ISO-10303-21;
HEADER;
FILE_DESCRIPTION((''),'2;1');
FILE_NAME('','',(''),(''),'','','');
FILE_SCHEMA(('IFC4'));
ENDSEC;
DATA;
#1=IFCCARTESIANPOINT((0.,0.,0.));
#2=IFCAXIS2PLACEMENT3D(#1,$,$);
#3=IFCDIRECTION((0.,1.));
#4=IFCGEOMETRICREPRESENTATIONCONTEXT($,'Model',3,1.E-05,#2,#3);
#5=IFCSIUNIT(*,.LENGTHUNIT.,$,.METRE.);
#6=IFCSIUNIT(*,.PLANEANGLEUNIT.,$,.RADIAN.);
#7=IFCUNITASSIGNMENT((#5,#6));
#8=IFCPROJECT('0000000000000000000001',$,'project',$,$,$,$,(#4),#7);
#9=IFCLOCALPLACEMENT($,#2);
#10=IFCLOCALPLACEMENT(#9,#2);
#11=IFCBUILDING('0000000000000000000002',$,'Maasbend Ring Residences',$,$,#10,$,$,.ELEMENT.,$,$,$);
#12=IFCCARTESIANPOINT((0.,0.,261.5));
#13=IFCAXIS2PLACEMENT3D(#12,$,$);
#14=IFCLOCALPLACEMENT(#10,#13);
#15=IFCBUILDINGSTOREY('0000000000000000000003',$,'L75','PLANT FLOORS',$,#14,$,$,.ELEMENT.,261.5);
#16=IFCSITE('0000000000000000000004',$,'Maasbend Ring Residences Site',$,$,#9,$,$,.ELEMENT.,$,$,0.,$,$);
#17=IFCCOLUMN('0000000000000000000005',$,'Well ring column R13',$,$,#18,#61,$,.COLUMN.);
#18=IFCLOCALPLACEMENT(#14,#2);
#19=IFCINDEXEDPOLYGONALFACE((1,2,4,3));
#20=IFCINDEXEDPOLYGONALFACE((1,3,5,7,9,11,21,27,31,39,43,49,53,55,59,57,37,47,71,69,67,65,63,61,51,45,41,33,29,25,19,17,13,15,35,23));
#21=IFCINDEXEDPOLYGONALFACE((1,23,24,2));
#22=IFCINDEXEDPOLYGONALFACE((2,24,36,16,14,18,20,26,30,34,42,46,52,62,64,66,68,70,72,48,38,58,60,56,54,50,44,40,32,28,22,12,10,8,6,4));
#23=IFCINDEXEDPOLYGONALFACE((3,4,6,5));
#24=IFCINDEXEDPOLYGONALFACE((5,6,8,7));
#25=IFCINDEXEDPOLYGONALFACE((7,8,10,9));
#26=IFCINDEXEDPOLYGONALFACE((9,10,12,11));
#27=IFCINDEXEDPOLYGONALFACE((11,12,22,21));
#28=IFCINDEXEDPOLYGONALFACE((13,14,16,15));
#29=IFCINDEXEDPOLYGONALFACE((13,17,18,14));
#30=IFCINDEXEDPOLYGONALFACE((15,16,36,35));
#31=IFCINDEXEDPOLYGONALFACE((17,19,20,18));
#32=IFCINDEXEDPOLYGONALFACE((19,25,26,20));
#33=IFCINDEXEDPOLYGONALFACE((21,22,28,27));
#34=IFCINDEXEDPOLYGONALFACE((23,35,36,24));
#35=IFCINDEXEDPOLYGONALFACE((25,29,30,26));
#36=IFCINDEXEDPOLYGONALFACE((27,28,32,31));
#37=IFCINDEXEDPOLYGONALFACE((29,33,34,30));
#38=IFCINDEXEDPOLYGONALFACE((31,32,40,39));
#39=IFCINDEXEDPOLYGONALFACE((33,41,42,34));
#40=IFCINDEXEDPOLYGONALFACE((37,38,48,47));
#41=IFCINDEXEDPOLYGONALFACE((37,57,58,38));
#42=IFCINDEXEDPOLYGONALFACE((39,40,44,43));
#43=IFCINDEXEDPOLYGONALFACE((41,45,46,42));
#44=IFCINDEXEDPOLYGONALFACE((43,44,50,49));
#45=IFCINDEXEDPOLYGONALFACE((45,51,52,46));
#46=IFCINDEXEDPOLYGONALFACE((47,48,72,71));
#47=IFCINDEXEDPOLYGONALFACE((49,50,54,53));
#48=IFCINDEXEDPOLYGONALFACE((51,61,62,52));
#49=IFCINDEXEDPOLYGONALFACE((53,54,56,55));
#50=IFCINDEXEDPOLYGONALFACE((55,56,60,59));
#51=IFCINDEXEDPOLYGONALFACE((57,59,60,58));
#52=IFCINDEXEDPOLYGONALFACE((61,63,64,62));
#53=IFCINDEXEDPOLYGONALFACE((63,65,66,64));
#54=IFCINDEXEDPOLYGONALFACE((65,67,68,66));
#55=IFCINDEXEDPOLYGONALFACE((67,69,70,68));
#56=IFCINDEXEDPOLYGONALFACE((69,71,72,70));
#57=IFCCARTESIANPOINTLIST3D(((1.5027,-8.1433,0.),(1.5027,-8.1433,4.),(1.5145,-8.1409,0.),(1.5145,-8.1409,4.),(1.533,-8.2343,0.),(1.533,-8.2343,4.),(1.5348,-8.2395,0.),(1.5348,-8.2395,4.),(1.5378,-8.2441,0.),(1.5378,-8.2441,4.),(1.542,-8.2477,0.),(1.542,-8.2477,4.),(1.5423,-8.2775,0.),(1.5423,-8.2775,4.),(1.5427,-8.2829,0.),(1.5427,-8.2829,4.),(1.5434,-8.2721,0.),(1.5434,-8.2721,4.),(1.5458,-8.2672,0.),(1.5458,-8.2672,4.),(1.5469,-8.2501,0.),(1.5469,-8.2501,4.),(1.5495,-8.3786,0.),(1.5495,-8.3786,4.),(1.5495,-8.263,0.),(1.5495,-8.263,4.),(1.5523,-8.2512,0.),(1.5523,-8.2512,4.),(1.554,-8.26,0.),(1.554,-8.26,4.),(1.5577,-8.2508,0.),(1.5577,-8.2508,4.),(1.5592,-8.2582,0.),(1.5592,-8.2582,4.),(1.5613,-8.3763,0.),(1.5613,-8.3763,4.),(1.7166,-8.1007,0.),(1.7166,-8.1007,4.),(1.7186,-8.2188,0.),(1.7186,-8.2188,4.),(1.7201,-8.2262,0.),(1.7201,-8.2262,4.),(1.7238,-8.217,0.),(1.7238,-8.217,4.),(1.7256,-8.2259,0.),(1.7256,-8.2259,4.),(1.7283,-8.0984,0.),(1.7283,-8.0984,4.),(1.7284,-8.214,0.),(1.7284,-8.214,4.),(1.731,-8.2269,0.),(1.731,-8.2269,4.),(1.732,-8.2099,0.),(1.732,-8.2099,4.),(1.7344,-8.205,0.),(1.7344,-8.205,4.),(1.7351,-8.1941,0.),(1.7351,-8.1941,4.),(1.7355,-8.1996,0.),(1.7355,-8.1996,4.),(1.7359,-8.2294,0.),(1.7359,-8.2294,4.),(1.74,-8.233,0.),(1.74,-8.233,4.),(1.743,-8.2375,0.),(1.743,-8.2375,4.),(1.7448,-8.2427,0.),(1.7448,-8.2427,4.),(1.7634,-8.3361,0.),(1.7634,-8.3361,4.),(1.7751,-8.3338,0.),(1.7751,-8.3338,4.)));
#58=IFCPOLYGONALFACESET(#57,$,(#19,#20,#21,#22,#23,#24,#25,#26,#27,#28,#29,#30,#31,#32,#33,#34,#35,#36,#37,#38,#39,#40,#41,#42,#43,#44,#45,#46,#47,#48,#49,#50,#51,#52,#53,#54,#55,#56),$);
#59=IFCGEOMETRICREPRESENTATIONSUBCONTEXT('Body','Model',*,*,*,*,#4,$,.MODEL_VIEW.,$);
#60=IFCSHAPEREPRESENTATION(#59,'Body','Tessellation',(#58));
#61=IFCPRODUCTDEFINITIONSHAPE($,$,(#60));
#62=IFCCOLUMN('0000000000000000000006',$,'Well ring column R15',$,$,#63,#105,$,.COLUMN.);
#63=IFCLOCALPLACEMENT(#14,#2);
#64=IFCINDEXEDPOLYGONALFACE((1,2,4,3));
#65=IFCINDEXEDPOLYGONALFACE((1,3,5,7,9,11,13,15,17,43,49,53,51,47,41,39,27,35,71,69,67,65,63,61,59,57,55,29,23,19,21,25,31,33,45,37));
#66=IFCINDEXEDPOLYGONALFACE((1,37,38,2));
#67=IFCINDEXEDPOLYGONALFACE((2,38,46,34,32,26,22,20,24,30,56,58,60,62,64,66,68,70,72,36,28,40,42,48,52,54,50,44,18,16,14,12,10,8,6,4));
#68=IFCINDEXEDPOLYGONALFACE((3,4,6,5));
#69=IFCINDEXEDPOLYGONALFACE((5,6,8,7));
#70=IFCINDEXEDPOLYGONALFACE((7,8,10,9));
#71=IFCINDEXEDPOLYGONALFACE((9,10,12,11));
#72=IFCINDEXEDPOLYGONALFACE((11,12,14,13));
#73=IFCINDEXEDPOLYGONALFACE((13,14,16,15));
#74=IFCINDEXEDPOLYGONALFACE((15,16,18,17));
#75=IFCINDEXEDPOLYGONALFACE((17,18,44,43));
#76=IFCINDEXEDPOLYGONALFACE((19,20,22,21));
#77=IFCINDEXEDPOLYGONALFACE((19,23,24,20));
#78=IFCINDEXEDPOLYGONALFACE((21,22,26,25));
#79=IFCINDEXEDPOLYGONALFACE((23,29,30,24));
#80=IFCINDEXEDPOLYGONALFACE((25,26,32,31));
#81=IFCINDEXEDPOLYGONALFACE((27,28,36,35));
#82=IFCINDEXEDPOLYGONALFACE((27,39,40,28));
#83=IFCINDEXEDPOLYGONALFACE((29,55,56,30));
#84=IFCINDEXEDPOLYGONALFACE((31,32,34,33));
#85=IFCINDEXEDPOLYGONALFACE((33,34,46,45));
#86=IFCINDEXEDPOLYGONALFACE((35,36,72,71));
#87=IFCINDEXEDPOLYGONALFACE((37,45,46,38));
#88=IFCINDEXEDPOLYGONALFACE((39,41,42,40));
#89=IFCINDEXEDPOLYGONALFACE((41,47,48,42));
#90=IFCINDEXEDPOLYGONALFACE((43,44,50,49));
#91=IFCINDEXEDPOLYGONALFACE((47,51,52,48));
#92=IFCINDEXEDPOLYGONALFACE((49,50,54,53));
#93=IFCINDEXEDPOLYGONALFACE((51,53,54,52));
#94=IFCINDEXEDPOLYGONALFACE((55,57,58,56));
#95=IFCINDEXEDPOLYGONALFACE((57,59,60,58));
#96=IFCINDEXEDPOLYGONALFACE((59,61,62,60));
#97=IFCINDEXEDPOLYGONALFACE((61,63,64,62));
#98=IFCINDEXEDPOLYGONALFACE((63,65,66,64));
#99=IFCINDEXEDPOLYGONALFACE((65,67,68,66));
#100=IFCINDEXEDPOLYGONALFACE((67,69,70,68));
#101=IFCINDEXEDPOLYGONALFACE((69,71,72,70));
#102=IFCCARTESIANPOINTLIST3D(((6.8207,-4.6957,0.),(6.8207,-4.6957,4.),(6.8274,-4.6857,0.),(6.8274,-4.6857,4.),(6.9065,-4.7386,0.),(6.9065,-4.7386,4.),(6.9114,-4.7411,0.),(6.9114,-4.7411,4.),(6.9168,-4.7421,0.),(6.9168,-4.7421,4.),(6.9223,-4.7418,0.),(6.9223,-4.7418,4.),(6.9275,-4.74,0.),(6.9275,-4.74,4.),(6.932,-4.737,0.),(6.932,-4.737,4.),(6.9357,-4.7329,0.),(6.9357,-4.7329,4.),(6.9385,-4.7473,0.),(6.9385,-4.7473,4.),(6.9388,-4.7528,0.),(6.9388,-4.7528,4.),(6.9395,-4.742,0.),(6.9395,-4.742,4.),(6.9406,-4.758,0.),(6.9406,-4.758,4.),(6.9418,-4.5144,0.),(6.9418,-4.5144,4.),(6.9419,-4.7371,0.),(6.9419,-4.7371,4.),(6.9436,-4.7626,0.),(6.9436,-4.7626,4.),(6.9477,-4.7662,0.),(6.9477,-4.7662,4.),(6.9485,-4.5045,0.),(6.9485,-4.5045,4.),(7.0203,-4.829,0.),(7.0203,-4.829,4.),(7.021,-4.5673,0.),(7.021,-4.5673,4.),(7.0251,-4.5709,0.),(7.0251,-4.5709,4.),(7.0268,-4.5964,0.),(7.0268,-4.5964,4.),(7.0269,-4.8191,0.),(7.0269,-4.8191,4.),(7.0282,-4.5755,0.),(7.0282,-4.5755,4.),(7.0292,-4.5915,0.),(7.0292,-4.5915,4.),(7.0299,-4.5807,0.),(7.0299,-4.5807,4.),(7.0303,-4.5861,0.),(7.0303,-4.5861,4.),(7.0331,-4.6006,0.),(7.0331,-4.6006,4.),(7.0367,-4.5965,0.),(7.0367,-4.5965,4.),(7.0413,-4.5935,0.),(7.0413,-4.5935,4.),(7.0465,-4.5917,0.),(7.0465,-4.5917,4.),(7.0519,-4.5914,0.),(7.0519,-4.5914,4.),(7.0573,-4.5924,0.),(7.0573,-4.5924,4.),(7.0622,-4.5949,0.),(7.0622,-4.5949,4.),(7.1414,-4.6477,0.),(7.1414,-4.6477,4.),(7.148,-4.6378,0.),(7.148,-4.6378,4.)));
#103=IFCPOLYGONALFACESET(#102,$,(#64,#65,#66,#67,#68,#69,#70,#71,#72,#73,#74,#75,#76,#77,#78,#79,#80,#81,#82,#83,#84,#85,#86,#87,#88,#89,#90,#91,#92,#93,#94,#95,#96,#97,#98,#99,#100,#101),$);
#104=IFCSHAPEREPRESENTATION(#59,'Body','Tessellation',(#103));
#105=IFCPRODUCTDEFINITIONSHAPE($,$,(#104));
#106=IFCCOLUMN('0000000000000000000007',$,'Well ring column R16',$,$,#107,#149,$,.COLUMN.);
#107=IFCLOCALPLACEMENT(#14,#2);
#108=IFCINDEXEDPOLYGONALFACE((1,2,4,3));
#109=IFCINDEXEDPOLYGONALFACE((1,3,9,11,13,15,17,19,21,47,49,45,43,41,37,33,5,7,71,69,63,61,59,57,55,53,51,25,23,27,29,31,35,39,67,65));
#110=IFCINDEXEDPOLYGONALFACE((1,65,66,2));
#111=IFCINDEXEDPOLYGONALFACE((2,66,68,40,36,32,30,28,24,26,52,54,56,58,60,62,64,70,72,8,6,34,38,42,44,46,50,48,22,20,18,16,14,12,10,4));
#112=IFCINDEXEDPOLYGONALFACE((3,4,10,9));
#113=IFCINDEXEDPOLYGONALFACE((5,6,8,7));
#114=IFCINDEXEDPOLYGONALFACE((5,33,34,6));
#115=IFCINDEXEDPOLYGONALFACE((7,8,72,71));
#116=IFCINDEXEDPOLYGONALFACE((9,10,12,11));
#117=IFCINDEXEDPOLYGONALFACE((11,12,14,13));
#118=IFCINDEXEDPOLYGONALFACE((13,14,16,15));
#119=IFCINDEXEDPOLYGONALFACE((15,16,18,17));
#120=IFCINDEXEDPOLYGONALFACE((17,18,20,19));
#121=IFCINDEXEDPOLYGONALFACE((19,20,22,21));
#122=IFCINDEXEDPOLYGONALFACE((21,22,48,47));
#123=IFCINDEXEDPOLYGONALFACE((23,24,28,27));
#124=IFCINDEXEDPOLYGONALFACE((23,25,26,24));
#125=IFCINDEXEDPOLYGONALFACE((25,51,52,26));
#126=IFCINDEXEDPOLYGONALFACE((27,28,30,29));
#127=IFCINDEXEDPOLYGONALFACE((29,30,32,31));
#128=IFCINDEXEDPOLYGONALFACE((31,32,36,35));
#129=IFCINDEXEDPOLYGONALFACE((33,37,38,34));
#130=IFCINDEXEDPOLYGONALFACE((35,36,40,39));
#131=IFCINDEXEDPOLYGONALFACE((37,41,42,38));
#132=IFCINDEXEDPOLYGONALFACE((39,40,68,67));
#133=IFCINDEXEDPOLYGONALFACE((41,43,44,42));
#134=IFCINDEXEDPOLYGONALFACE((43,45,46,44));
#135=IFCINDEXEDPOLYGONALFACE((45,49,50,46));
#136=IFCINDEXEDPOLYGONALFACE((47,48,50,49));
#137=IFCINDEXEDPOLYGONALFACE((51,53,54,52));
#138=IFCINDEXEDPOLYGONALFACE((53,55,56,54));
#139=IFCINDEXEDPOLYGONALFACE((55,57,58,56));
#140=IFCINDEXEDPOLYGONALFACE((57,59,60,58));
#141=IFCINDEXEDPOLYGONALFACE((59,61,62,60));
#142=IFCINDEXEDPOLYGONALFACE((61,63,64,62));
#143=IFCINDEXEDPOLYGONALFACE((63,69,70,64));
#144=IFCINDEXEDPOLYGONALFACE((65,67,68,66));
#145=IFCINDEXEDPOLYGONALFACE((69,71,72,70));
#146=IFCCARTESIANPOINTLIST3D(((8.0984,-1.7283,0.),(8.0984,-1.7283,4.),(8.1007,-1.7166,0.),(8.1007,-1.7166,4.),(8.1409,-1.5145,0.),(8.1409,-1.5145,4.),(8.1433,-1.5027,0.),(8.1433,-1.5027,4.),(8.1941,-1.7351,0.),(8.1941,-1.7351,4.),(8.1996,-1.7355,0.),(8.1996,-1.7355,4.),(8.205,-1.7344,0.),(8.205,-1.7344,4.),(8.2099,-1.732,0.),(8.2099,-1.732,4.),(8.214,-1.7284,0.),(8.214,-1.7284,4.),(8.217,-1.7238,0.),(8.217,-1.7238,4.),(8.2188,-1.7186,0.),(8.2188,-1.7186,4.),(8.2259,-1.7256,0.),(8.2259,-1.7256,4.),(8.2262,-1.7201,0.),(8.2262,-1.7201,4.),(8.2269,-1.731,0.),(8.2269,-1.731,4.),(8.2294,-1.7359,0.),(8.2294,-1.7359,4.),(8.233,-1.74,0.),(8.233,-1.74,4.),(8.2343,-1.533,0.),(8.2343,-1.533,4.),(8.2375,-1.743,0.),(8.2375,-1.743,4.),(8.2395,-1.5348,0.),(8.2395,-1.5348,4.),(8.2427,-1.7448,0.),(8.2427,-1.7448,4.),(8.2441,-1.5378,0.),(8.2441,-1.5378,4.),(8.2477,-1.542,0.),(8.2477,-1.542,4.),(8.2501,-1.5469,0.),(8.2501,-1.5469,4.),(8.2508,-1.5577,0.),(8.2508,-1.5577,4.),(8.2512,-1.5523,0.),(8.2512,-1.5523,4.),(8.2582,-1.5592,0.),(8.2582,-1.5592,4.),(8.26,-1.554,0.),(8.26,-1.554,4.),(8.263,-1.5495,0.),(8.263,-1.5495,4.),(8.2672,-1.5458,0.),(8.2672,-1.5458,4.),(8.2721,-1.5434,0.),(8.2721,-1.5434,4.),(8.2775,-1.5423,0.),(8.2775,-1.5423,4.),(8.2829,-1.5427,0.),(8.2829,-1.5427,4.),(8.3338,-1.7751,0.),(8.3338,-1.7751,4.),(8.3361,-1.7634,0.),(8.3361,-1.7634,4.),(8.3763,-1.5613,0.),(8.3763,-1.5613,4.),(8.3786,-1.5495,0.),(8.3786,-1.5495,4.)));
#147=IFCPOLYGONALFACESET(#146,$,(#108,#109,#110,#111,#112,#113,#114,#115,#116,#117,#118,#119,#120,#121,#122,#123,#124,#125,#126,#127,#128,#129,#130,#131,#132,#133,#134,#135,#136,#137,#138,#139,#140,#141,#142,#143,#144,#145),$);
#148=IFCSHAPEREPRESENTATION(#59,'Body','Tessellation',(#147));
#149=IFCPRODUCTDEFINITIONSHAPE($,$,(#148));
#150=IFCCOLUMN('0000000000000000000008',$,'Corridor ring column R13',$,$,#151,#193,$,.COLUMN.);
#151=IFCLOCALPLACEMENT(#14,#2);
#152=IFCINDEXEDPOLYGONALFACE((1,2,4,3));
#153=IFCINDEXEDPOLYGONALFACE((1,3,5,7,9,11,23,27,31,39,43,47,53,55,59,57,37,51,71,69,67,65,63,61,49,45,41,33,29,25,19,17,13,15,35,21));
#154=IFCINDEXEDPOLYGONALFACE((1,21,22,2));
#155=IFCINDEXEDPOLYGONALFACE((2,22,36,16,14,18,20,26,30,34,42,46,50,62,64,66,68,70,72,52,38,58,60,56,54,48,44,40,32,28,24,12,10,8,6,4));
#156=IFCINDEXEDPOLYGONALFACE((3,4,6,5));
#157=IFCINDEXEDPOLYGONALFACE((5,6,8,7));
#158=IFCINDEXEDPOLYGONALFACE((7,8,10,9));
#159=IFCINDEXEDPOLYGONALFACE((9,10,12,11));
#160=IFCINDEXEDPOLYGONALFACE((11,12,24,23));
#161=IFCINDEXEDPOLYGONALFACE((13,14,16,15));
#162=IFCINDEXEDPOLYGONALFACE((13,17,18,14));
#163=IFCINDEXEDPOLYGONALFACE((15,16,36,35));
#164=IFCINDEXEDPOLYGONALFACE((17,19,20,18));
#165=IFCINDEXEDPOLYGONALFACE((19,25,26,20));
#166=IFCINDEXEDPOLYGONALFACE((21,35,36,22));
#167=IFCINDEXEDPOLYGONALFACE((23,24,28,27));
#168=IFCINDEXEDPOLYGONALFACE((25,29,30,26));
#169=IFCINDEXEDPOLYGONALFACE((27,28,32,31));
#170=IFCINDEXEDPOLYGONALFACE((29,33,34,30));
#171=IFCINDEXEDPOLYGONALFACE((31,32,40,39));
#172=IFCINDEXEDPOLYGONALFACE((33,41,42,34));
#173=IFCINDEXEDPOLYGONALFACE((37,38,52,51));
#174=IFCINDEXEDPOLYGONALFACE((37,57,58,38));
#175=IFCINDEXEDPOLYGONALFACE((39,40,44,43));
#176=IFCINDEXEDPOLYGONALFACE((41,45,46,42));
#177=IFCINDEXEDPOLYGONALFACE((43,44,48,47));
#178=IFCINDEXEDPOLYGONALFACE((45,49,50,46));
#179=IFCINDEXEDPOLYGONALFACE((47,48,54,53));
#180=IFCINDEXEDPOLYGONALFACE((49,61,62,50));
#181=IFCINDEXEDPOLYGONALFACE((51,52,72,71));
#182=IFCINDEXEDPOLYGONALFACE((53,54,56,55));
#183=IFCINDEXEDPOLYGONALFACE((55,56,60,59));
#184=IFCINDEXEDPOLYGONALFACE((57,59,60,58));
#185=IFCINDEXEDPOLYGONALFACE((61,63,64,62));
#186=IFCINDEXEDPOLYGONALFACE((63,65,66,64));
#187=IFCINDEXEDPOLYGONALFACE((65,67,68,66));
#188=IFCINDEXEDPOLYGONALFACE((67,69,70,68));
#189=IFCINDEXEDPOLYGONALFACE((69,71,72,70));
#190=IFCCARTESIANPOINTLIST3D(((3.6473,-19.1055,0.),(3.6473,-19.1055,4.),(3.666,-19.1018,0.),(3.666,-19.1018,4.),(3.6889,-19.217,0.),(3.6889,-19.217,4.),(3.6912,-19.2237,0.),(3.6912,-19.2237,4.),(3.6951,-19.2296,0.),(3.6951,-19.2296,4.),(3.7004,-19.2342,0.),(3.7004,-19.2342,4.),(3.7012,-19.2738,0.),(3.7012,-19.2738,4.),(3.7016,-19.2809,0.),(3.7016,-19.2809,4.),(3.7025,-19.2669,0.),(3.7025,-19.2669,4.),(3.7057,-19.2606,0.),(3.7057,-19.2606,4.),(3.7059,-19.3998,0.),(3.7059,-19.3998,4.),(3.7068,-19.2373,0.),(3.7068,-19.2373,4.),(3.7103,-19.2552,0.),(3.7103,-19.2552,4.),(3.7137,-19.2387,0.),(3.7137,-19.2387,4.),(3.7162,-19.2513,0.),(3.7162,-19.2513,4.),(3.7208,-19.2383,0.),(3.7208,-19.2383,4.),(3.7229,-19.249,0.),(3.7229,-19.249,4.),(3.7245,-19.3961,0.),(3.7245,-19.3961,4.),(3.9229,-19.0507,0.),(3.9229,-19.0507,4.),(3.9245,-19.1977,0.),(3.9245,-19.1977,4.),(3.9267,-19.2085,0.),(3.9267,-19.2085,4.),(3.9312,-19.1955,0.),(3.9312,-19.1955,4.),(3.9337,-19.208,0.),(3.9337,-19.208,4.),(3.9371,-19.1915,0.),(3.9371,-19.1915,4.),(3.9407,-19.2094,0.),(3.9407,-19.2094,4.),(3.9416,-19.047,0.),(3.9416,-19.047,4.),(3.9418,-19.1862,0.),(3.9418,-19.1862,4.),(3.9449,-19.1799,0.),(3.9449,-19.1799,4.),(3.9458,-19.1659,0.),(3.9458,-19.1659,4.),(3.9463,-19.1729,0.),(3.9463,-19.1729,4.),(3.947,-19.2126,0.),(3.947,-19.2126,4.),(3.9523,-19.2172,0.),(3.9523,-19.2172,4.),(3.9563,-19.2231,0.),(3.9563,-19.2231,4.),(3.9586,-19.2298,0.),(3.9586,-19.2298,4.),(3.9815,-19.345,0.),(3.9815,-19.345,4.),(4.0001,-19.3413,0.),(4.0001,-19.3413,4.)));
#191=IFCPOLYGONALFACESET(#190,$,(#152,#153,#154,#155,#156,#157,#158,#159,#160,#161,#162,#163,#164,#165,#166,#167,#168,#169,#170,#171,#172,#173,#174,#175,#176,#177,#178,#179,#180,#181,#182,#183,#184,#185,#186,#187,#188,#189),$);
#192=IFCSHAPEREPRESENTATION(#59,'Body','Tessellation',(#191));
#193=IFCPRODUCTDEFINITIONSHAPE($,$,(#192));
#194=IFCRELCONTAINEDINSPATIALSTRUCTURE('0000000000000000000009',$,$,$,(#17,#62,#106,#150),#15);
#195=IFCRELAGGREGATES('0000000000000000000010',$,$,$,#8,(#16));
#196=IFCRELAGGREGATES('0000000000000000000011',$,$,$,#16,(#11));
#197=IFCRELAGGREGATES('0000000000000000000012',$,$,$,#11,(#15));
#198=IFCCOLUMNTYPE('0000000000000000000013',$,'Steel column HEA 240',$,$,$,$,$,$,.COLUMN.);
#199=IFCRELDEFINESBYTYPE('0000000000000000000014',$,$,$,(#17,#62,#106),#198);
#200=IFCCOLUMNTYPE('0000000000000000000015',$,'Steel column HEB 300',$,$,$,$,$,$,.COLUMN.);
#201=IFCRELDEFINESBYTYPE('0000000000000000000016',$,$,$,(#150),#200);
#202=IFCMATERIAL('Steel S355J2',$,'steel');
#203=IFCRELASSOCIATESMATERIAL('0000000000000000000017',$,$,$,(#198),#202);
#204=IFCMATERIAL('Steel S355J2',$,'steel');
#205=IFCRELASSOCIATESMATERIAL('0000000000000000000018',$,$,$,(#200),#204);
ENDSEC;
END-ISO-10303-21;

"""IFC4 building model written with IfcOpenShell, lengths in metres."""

from ifc_helpers import new_model, si_unit, direction, frame, origin, origin_2d, place, context, subcontext, project, spatial, i_section, extrude, material, material_profile, profile_set, type_object, element, save


model = new_model("IFC4")

# Units and contexts
model_context = context("Model", 3, precision=1e-05, world=origin(), true_north=direction((0.0, 1.0)))
body_context = subcontext(model_context, "Body", "Model", "MODEL_VIEW")
ifc_project = project(units=[si_unit("LENGTHUNIT", "METRE"), si_unit("PLANEANGLEUNIT", "RADIAN")], contexts=[model_context])

# Site, building, storey
site_placement = place(None, origin())
site = spatial("IfcSite", under=ifc_project, at=site_placement, Name="Maasbend Ring Residences Site", CompositionType="ELEMENT", RefElevation=0.0)
building_placement = place(site_placement, origin())
building = spatial("IfcBuilding", under=site, at=building_placement, Name="Maasbend Ring Residences", CompositionType="ELEMENT")
storey_placement = place(building_placement, frame((0.0, 0.0, 261.5)))
storey = spatial("IfcBuildingStorey", under=building, at=storey_placement, Name="L75", Description="PLANT FLOORS", CompositionType="ELEMENT", Elevation=261.5)

# Columns
ifc_material_1 = material(Name="Steel S355J2", Category="steel")
ifc_material_profile_1 = material_profile(ifc_material_1, i_section(OverallWidth=0.24, OverallDepth=0.23, WebThickness=0.0076, FlangeThickness=0.012, FilletRadius=0.021, at=origin_2d()), Name="HEA 240")
ifc_profile_set_1 = profile_set([ifc_material_profile_1], Name="Steel S355J2")
column_type_1 = type_object("IfcColumnType", Name="Steel column HEA 240", PredefinedType="COLUMN", material=ifc_profile_set_1)
for number, where, z_axis, x_axis, name in (
    (1, (1.6389, -8.2385, 0.0), (0.0, 0.0, 1.0), (0.19509, -0.980785, 0.0), "Well ring column R13"),
    (2, (6.9844, -4.6667, 0.0), (0.0, 0.0, 1.0), (0.83147, -0.55557, 0.0), "Well ring column R15"),
    (3, (8.2385, -1.6389, 0.0), (0.0, 0.0, 1.0), (0.980785, -0.19509, 0.0), "Well ring column R16"),
):
    element("IfcColumn", number, at=place(storey_placement, frame(where, z_axis=z_axis, x_axis=x_axis)), inside=storey, type_object=column_type_1, Name=name, PredefinedType="COLUMN", context=body_context, shape_type="SweptSolid", body=[
        extrude(i_section(OverallWidth=0.24, OverallDepth=0.23, WebThickness=0.0076, FlangeThickness=0.012, FilletRadius=0.021, at=origin_2d()), origin(), (0.0, 0.0, 1.0), 4.0),
    ])
ifc_material_2 = material(Name="Steel S355J2", Category="steel")
ifc_material_profile_2 = material_profile(ifc_material_2, i_section(OverallWidth=0.3, OverallDepth=0.3, WebThickness=0.011, FlangeThickness=0.019, FilletRadius=0.0271, at=origin_2d()), Name="HEB 300")
ifc_profile_set_2 = profile_set([ifc_material_profile_2], Name="Steel S355J2")
column_type_2 = type_object("IfcColumnType", Name="Steel column HEB 300", PredefinedType="COLUMN", material=ifc_profile_set_2)
for number, where, z_axis, x_axis, name in (
    (4, (3.8237, -19.2234, 0.0), (0.0, 0.0, 1.0), (0.19509, -0.980785, 0.0), "Corridor ring column R13"),
):
    element("IfcColumn", number, at=place(storey_placement, frame(where, z_axis=z_axis, x_axis=x_axis)), inside=storey, type_object=column_type_2, Name=name, PredefinedType="COLUMN", context=body_context, shape_type="SweptSolid", body=[
        extrude(i_section(OverallWidth=0.3, OverallDepth=0.3, WebThickness=0.011, FlangeThickness=0.019, FilletRadius=0.0271, at=origin_2d()), origin(), (0.0, 0.0, 1.0), 4.0),
    ])

save(model, "model.ifc")
